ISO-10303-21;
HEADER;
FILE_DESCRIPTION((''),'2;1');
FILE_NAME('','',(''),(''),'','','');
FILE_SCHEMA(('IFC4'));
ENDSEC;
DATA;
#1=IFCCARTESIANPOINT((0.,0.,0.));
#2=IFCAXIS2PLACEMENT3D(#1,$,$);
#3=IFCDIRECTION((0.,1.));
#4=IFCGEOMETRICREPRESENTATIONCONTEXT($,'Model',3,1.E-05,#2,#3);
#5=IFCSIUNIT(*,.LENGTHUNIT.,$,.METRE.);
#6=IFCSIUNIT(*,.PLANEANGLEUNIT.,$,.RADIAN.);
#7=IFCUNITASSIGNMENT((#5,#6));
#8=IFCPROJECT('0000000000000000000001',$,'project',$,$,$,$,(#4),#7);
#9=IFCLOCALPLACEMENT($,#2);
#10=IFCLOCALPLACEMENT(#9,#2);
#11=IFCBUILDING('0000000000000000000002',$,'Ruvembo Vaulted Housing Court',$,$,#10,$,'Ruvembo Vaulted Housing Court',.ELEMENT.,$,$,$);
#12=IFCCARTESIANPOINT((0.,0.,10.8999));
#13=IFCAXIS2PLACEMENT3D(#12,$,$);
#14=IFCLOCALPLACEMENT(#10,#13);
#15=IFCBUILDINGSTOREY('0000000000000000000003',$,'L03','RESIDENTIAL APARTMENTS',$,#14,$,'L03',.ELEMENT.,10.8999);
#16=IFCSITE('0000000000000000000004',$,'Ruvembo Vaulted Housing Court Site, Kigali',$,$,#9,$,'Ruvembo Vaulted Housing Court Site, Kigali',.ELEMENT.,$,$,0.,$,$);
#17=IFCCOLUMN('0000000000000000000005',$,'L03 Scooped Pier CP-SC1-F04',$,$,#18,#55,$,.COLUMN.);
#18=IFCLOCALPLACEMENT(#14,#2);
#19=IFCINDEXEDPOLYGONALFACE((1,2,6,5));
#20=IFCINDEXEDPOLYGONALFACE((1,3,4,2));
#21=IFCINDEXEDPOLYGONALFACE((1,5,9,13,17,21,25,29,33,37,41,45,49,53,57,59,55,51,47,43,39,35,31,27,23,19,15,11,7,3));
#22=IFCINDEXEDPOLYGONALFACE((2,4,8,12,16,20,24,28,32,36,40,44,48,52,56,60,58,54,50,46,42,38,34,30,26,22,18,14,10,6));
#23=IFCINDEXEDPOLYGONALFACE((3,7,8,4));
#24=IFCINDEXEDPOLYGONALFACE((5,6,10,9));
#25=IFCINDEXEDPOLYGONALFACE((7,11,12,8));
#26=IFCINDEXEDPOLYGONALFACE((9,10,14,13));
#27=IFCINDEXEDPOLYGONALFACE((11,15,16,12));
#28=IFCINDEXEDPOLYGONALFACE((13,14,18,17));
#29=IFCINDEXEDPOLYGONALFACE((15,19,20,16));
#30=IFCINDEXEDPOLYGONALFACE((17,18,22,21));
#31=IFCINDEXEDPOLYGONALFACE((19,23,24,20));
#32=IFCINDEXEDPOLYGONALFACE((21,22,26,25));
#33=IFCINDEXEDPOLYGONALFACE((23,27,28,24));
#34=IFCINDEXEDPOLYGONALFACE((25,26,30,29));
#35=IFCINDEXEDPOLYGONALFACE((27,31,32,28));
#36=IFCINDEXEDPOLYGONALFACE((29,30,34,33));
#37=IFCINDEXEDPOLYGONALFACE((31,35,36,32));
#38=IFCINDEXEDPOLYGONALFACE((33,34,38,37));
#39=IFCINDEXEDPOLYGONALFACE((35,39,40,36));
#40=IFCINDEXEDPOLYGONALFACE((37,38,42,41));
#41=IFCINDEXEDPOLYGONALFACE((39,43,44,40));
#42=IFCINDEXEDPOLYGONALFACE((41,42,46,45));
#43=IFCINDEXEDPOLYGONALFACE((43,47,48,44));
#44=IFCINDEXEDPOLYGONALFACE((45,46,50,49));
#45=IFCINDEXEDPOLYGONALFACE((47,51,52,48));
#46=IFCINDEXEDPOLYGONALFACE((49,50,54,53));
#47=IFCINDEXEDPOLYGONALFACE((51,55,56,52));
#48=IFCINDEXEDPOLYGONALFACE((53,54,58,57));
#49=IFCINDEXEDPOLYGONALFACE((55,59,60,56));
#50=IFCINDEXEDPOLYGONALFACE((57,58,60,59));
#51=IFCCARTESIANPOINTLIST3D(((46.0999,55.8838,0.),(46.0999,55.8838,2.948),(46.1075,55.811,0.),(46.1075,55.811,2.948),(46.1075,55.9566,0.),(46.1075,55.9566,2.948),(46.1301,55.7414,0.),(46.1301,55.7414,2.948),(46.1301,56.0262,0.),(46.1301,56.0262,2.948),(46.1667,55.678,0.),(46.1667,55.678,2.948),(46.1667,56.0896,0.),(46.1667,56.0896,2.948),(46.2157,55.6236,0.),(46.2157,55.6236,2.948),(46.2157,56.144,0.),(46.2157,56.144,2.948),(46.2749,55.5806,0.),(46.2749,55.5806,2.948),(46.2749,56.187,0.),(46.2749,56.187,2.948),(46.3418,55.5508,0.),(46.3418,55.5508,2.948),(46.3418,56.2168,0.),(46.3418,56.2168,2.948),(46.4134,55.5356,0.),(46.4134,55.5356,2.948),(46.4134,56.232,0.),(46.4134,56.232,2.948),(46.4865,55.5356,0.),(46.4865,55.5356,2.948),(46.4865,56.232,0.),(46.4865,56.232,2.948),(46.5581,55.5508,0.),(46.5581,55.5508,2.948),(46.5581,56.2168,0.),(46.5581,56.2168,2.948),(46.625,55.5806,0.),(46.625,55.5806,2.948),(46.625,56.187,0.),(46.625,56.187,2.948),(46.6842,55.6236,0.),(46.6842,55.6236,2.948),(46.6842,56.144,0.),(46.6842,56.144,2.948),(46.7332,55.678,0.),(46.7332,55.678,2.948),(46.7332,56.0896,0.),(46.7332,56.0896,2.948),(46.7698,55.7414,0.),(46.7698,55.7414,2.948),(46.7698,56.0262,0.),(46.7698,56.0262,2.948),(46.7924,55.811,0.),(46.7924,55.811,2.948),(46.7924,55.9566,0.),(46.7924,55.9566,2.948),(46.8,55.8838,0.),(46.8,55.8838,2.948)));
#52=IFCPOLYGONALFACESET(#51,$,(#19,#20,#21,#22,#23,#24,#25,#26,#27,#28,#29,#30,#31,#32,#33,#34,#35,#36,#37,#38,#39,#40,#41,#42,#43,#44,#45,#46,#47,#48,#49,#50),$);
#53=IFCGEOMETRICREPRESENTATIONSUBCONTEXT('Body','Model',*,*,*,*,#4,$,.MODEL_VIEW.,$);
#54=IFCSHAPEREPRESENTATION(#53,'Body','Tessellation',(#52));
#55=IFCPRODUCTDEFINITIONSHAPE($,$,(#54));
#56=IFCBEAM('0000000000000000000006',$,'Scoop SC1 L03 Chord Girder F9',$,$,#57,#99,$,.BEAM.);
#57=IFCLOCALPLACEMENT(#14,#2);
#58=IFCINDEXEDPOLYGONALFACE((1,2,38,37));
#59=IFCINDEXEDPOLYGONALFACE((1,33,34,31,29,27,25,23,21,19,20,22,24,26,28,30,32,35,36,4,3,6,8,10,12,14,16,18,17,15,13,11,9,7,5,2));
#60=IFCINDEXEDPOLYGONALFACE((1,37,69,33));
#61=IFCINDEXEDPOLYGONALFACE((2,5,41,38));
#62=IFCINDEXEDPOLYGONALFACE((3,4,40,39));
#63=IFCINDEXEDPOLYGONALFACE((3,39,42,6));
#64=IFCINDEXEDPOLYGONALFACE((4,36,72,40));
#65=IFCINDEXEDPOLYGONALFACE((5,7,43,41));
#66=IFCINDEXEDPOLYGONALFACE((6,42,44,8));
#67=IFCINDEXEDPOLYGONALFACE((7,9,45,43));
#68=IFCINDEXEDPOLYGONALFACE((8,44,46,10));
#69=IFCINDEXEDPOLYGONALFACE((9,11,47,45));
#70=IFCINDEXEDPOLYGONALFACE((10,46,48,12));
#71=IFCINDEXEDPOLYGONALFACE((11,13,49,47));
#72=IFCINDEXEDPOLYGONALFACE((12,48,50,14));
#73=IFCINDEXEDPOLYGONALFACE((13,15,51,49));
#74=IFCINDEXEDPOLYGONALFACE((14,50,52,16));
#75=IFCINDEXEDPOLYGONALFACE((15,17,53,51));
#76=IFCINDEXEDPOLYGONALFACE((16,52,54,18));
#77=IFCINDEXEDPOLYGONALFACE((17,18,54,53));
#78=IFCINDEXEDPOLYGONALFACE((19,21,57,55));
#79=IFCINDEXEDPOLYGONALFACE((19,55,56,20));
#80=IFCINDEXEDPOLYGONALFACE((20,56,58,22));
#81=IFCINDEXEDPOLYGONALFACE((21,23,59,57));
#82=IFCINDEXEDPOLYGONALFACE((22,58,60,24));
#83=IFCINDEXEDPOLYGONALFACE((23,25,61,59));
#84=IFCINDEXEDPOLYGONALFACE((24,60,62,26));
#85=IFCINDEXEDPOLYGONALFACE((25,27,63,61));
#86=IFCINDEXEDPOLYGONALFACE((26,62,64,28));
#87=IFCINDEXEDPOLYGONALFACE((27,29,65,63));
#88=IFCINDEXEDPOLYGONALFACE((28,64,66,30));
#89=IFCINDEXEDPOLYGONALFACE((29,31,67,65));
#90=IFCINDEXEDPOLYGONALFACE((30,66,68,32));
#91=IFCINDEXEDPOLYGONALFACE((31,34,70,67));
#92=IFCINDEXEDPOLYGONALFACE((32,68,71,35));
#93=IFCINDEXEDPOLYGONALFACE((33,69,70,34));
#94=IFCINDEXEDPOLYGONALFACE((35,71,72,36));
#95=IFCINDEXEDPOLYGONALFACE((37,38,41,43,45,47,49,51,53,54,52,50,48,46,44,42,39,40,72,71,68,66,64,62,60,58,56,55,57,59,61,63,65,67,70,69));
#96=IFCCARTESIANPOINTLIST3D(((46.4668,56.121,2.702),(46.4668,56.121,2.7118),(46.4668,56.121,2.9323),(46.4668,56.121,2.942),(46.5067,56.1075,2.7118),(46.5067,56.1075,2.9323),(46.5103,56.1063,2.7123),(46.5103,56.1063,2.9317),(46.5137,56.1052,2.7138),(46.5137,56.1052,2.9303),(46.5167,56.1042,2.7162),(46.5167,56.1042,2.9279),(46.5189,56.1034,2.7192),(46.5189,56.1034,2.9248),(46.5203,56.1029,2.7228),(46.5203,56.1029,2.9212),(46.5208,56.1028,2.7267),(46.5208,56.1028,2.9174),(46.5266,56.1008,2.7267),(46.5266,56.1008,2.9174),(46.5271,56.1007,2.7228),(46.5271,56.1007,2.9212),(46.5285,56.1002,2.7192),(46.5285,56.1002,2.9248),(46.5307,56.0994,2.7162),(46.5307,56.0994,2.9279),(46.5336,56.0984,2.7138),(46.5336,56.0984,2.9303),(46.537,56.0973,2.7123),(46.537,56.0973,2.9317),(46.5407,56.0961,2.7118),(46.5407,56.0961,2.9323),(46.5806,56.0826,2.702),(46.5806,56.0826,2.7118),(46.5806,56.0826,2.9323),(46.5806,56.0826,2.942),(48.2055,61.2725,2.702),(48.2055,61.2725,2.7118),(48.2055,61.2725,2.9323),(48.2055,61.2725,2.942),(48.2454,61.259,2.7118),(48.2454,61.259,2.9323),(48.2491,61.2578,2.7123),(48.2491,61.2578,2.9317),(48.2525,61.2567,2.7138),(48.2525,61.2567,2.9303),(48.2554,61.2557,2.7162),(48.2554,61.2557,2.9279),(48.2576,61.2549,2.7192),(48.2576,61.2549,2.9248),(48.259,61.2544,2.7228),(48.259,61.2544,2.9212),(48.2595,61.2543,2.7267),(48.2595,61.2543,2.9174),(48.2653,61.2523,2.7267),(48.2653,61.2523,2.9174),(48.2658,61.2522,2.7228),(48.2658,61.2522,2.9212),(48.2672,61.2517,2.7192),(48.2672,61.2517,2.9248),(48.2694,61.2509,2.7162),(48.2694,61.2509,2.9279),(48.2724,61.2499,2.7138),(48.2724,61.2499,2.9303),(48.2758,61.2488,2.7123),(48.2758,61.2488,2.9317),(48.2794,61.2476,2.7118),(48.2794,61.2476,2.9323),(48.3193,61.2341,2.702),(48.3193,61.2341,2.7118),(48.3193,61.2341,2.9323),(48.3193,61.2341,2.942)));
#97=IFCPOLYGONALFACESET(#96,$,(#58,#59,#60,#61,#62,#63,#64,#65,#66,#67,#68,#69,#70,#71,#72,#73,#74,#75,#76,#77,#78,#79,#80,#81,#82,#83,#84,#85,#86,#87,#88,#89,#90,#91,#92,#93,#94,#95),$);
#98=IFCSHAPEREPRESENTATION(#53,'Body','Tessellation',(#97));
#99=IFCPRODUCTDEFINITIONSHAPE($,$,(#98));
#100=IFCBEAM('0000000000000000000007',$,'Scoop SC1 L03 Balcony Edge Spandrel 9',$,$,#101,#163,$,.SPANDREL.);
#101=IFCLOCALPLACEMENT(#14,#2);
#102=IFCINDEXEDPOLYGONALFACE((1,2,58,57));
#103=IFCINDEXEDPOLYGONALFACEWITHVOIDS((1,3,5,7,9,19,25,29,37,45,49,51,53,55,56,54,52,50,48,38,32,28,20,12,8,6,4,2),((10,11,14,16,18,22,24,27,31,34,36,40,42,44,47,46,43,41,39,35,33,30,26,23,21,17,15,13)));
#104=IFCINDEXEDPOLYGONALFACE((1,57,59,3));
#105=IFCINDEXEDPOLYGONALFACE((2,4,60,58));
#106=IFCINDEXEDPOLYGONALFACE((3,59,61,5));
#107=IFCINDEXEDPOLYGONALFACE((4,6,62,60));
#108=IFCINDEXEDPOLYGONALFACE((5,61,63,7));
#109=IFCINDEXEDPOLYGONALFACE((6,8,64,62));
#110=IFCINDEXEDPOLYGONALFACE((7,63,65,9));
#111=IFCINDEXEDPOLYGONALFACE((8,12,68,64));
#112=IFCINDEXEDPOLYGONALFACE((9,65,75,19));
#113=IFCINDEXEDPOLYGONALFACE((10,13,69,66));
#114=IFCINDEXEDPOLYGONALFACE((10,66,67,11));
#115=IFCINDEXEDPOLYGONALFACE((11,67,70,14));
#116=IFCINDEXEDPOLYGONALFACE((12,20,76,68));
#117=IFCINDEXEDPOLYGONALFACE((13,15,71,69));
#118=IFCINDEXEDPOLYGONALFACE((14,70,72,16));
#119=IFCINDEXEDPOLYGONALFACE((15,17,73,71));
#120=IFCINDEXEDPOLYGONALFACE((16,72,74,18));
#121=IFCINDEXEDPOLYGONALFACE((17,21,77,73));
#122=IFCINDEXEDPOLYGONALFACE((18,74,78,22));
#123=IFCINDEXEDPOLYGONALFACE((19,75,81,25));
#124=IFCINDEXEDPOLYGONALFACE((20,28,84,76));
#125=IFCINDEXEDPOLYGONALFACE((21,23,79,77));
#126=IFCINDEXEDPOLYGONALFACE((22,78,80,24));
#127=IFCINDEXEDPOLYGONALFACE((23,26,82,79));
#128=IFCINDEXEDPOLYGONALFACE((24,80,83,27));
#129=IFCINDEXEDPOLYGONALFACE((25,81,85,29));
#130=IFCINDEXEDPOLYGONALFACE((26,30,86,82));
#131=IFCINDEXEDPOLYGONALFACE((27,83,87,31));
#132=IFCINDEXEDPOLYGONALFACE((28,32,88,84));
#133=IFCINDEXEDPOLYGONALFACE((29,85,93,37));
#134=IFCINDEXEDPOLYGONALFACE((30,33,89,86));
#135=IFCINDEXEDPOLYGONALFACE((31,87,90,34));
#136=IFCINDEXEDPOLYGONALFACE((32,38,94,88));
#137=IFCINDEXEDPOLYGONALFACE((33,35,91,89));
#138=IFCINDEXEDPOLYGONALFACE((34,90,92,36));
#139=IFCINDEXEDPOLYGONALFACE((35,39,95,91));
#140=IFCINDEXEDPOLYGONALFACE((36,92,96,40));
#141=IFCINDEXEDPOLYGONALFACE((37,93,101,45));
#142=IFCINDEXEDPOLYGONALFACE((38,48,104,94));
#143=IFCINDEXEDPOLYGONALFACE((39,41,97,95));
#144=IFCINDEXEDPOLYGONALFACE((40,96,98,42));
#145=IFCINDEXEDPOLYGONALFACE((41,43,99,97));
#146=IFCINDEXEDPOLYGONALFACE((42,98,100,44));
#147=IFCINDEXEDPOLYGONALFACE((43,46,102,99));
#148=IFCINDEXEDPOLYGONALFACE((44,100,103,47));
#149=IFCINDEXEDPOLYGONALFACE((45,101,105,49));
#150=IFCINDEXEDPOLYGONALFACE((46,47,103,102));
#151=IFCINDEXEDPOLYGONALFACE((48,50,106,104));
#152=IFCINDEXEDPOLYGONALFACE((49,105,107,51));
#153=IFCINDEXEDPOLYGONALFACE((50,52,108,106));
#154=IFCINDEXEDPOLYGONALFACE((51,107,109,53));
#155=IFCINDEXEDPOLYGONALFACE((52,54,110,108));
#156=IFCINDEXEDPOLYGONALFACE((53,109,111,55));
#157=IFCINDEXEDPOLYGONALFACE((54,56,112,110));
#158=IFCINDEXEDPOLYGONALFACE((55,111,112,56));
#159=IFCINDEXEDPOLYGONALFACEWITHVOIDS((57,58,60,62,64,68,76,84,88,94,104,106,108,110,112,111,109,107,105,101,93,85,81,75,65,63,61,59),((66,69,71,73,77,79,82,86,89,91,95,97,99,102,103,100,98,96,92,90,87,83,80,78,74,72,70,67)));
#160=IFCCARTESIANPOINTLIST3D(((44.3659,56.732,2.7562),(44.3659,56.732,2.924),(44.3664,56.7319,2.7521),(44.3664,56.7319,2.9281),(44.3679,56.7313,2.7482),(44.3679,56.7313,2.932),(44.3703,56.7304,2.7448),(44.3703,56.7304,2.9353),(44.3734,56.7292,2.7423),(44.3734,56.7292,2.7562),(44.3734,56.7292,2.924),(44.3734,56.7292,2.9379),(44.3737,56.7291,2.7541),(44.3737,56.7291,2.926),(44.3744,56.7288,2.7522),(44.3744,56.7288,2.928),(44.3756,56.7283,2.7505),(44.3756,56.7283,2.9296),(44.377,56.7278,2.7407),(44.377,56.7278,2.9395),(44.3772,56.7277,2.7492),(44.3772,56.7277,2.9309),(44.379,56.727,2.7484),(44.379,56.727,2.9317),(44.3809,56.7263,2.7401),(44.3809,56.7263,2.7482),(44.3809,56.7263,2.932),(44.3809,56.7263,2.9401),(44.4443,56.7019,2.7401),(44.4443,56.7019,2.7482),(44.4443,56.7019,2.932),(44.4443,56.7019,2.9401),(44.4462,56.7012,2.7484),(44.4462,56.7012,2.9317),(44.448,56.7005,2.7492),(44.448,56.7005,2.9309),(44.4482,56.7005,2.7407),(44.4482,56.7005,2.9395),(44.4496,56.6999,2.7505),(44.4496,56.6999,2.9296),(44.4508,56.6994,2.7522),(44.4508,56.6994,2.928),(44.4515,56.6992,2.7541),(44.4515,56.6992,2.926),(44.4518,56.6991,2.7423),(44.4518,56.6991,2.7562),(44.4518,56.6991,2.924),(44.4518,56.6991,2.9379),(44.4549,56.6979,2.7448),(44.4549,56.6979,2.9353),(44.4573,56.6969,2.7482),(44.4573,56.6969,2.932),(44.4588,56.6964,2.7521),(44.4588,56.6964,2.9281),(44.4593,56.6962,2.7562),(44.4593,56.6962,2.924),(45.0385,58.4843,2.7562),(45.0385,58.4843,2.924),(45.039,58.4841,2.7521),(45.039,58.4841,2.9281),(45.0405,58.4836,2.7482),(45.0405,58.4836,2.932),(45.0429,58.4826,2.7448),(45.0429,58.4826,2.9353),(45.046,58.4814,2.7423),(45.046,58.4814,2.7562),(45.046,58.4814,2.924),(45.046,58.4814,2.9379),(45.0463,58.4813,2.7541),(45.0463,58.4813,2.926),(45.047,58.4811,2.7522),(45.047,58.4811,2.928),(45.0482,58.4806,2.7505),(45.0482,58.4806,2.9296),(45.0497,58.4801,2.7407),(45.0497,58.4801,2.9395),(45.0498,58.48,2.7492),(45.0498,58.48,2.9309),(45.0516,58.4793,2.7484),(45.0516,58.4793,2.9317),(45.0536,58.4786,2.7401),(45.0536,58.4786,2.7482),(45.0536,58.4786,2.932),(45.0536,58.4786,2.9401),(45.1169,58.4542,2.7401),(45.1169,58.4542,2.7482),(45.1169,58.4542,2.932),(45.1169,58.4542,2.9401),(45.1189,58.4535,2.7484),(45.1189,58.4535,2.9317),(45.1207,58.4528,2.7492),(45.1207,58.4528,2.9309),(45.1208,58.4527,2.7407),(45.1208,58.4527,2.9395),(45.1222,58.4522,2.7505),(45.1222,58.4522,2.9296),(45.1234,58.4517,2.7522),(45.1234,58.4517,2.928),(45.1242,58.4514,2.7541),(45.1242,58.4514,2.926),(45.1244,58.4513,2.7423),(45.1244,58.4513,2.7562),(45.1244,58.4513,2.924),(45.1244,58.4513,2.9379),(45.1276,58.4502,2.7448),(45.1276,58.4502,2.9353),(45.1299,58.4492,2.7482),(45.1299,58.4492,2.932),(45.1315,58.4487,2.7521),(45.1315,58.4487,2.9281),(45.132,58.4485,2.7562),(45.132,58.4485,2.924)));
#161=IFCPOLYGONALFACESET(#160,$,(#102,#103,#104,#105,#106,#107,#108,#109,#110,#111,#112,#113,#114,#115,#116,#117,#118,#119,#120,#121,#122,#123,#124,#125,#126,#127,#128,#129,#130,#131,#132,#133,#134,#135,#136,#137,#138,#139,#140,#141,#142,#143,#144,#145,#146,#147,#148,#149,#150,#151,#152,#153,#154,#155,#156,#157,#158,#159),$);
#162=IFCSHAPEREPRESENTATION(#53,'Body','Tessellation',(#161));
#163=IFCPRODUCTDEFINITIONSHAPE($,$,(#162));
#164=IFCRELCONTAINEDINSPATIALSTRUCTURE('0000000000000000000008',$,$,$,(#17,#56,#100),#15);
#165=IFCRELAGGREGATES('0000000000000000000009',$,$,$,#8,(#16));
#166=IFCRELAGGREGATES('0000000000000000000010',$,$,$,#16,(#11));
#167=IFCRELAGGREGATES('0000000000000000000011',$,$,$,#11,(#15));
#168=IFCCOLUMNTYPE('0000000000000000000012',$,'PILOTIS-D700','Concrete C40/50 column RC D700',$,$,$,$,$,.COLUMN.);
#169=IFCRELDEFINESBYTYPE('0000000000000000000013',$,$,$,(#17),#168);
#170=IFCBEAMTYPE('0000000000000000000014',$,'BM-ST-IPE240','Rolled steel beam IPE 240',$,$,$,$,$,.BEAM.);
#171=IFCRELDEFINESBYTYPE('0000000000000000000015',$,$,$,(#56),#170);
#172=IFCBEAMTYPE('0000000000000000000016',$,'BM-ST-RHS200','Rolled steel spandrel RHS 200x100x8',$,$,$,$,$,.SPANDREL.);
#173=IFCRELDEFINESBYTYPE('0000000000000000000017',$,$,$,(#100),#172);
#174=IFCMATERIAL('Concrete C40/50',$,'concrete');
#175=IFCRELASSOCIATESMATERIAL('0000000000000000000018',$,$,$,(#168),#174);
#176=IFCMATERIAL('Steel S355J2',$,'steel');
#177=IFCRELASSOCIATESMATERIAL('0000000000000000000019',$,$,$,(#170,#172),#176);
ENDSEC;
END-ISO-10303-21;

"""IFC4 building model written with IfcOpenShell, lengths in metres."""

from ifc_helpers import new_model, si_unit, direction, frame, origin, origin_2d, place, context, subcontext, project, spatial, hollow_rectangle, circle, i_section, extrude, material, material_profile, profile_set, type_object, element, save


model = new_model("IFC4")

# Units and contexts
model_context = context("Model", 3, precision=1e-05, world=origin(), true_north=direction((0.0, 1.0)))
body_context = subcontext(model_context, "Body", "Model", "MODEL_VIEW")
ifc_project = project(units=[si_unit("LENGTHUNIT", "METRE"), si_unit("PLANEANGLEUNIT", "RADIAN")], contexts=[model_context])

# Site, building, storey
site_placement = place(None, origin())
site = spatial("IfcSite", under=ifc_project, at=site_placement, Name="Ruvembo Vaulted Housing Court Site, Kigali", LongName="Ruvembo Vaulted Housing Court Site, Kigali", CompositionType="ELEMENT", RefElevation=0.0)
building_placement = place(site_placement, origin())
building = spatial("IfcBuilding", under=site, at=building_placement, Name="Ruvembo Vaulted Housing Court", LongName="Ruvembo Vaulted Housing Court", CompositionType="ELEMENT")
storey_placement = place(building_placement, frame((0.0, 0.0, 10.8999)))
storey = spatial("IfcBuildingStorey", under=building, at=storey_placement, Name="L03", Description="RESIDENTIAL APARTMENTS", LongName="L03", CompositionType="ELEMENT", Elevation=10.8999)

# Column
ifc_material_1 = material(Name="Concrete C40/50", Category="concrete")
ifc_material_profile_1 = material_profile(ifc_material_1, circle(Radius=0.3501, at=origin_2d()), Name="RC D700")
ifc_profile_set_1 = profile_set([ifc_material_profile_1], Name="Concrete C40/50")
column_type = type_object("IfcColumnType", Name="PILOTIS-D700", Description="Concrete C40/50 column RC D700", PredefinedType="COLUMN", material=ifc_profile_set_1)
column_placement = place(storey_placement, frame((46.45, 55.8838, 0.0), z_axis=(0.0, 0.0, 1.0), x_axis=(1.0, 0.0, 0.0)))
element("IfcColumn", 1, at=column_placement, inside=storey, type_object=column_type, Name="L03 Scooped Pier CP-SC1-F04", PredefinedType="COLUMN", context=body_context, shape_type="SweptSolid", body=[
    extrude(circle(Radius=0.3501, at=origin_2d()), origin(), (0.0, 0.0, 1.0), 2.948),
])

# Beams
ifc_material_2 = material(Name="Steel S355J2", Category="steel")
ifc_material_profile_2 = material_profile(ifc_material_2, i_section(OverallWidth=0.1201, OverallDepth=0.24, WebThickness=0.0061, FlangeThickness=0.0098, FilletRadius=0.0149, at=origin_2d()), Name="IPE 240")
ifc_profile_set_2 = profile_set([ifc_material_profile_2], Name="Steel S355J2")
beam_type_1 = type_object("IfcBeamType", Name="BM-ST-IPE240", Description="Rolled steel beam IPE 240", PredefinedType="BEAM", material=ifc_profile_set_2)
beam_1_placement = place(storey_placement, frame((46.5237, 56.1018, 2.822), z_axis=(0.319795, 0.947487, 0.0), x_axis=(-0.947487, 0.319795, 0.0)))
element("IfcBeam", 2, at=beam_1_placement, inside=storey, type_object=beam_type_1, Name="Scoop SC1 L03 Chord Girder F9", PredefinedType="BEAM", context=body_context, shape_type="SweptSolid", body=[
    extrude(i_section(OverallWidth=0.1201, OverallDepth=0.24, WebThickness=0.0061, FlangeThickness=0.0098, FilletRadius=0.0149, at=origin_2d()), origin(), (0.0, 0.0, 1.0), 5.437),
])
ifc_material_profile_3 = material_profile(ifc_material_2, hollow_rectangle(XDim=0.1001, YDim=0.2, WallThickness=0.0081, InnerFilletRadius=0.0081, OuterFilletRadius=0.0161, at=origin_2d()), Name="RHS 200x100x8")
ifc_profile_set_3 = profile_set([ifc_material_profile_3], Name="Steel S355J2")
beam_type_2 = type_object("IfcBeamType", Name="BM-ST-RHS200", Description="Rolled steel spandrel RHS 200x100x8", PredefinedType="SPANDREL", material=ifc_profile_set_3)
beam_2_placement = place(storey_placement, frame((44.4126, 56.7141, 2.8401), z_axis=(0.358369, 0.93358, 0.0), x_axis=(-0.93358, 0.358369, 0.0)))
element("IfcBeam", 3, at=beam_2_placement, inside=storey, type_object=beam_type_2, Name="Scoop SC1 L03 Balcony Edge Spandrel 9", PredefinedType="SPANDREL", context=body_context, shape_type="SweptSolid", body=[
    extrude(hollow_rectangle(XDim=0.1001, YDim=0.2, WallThickness=0.0081, InnerFilletRadius=0.0081, OuterFilletRadius=0.0161, at=origin_2d()), origin(), (0.0, 0.0, 1.0), 1.877),
])

save(model, "model.ifc")
